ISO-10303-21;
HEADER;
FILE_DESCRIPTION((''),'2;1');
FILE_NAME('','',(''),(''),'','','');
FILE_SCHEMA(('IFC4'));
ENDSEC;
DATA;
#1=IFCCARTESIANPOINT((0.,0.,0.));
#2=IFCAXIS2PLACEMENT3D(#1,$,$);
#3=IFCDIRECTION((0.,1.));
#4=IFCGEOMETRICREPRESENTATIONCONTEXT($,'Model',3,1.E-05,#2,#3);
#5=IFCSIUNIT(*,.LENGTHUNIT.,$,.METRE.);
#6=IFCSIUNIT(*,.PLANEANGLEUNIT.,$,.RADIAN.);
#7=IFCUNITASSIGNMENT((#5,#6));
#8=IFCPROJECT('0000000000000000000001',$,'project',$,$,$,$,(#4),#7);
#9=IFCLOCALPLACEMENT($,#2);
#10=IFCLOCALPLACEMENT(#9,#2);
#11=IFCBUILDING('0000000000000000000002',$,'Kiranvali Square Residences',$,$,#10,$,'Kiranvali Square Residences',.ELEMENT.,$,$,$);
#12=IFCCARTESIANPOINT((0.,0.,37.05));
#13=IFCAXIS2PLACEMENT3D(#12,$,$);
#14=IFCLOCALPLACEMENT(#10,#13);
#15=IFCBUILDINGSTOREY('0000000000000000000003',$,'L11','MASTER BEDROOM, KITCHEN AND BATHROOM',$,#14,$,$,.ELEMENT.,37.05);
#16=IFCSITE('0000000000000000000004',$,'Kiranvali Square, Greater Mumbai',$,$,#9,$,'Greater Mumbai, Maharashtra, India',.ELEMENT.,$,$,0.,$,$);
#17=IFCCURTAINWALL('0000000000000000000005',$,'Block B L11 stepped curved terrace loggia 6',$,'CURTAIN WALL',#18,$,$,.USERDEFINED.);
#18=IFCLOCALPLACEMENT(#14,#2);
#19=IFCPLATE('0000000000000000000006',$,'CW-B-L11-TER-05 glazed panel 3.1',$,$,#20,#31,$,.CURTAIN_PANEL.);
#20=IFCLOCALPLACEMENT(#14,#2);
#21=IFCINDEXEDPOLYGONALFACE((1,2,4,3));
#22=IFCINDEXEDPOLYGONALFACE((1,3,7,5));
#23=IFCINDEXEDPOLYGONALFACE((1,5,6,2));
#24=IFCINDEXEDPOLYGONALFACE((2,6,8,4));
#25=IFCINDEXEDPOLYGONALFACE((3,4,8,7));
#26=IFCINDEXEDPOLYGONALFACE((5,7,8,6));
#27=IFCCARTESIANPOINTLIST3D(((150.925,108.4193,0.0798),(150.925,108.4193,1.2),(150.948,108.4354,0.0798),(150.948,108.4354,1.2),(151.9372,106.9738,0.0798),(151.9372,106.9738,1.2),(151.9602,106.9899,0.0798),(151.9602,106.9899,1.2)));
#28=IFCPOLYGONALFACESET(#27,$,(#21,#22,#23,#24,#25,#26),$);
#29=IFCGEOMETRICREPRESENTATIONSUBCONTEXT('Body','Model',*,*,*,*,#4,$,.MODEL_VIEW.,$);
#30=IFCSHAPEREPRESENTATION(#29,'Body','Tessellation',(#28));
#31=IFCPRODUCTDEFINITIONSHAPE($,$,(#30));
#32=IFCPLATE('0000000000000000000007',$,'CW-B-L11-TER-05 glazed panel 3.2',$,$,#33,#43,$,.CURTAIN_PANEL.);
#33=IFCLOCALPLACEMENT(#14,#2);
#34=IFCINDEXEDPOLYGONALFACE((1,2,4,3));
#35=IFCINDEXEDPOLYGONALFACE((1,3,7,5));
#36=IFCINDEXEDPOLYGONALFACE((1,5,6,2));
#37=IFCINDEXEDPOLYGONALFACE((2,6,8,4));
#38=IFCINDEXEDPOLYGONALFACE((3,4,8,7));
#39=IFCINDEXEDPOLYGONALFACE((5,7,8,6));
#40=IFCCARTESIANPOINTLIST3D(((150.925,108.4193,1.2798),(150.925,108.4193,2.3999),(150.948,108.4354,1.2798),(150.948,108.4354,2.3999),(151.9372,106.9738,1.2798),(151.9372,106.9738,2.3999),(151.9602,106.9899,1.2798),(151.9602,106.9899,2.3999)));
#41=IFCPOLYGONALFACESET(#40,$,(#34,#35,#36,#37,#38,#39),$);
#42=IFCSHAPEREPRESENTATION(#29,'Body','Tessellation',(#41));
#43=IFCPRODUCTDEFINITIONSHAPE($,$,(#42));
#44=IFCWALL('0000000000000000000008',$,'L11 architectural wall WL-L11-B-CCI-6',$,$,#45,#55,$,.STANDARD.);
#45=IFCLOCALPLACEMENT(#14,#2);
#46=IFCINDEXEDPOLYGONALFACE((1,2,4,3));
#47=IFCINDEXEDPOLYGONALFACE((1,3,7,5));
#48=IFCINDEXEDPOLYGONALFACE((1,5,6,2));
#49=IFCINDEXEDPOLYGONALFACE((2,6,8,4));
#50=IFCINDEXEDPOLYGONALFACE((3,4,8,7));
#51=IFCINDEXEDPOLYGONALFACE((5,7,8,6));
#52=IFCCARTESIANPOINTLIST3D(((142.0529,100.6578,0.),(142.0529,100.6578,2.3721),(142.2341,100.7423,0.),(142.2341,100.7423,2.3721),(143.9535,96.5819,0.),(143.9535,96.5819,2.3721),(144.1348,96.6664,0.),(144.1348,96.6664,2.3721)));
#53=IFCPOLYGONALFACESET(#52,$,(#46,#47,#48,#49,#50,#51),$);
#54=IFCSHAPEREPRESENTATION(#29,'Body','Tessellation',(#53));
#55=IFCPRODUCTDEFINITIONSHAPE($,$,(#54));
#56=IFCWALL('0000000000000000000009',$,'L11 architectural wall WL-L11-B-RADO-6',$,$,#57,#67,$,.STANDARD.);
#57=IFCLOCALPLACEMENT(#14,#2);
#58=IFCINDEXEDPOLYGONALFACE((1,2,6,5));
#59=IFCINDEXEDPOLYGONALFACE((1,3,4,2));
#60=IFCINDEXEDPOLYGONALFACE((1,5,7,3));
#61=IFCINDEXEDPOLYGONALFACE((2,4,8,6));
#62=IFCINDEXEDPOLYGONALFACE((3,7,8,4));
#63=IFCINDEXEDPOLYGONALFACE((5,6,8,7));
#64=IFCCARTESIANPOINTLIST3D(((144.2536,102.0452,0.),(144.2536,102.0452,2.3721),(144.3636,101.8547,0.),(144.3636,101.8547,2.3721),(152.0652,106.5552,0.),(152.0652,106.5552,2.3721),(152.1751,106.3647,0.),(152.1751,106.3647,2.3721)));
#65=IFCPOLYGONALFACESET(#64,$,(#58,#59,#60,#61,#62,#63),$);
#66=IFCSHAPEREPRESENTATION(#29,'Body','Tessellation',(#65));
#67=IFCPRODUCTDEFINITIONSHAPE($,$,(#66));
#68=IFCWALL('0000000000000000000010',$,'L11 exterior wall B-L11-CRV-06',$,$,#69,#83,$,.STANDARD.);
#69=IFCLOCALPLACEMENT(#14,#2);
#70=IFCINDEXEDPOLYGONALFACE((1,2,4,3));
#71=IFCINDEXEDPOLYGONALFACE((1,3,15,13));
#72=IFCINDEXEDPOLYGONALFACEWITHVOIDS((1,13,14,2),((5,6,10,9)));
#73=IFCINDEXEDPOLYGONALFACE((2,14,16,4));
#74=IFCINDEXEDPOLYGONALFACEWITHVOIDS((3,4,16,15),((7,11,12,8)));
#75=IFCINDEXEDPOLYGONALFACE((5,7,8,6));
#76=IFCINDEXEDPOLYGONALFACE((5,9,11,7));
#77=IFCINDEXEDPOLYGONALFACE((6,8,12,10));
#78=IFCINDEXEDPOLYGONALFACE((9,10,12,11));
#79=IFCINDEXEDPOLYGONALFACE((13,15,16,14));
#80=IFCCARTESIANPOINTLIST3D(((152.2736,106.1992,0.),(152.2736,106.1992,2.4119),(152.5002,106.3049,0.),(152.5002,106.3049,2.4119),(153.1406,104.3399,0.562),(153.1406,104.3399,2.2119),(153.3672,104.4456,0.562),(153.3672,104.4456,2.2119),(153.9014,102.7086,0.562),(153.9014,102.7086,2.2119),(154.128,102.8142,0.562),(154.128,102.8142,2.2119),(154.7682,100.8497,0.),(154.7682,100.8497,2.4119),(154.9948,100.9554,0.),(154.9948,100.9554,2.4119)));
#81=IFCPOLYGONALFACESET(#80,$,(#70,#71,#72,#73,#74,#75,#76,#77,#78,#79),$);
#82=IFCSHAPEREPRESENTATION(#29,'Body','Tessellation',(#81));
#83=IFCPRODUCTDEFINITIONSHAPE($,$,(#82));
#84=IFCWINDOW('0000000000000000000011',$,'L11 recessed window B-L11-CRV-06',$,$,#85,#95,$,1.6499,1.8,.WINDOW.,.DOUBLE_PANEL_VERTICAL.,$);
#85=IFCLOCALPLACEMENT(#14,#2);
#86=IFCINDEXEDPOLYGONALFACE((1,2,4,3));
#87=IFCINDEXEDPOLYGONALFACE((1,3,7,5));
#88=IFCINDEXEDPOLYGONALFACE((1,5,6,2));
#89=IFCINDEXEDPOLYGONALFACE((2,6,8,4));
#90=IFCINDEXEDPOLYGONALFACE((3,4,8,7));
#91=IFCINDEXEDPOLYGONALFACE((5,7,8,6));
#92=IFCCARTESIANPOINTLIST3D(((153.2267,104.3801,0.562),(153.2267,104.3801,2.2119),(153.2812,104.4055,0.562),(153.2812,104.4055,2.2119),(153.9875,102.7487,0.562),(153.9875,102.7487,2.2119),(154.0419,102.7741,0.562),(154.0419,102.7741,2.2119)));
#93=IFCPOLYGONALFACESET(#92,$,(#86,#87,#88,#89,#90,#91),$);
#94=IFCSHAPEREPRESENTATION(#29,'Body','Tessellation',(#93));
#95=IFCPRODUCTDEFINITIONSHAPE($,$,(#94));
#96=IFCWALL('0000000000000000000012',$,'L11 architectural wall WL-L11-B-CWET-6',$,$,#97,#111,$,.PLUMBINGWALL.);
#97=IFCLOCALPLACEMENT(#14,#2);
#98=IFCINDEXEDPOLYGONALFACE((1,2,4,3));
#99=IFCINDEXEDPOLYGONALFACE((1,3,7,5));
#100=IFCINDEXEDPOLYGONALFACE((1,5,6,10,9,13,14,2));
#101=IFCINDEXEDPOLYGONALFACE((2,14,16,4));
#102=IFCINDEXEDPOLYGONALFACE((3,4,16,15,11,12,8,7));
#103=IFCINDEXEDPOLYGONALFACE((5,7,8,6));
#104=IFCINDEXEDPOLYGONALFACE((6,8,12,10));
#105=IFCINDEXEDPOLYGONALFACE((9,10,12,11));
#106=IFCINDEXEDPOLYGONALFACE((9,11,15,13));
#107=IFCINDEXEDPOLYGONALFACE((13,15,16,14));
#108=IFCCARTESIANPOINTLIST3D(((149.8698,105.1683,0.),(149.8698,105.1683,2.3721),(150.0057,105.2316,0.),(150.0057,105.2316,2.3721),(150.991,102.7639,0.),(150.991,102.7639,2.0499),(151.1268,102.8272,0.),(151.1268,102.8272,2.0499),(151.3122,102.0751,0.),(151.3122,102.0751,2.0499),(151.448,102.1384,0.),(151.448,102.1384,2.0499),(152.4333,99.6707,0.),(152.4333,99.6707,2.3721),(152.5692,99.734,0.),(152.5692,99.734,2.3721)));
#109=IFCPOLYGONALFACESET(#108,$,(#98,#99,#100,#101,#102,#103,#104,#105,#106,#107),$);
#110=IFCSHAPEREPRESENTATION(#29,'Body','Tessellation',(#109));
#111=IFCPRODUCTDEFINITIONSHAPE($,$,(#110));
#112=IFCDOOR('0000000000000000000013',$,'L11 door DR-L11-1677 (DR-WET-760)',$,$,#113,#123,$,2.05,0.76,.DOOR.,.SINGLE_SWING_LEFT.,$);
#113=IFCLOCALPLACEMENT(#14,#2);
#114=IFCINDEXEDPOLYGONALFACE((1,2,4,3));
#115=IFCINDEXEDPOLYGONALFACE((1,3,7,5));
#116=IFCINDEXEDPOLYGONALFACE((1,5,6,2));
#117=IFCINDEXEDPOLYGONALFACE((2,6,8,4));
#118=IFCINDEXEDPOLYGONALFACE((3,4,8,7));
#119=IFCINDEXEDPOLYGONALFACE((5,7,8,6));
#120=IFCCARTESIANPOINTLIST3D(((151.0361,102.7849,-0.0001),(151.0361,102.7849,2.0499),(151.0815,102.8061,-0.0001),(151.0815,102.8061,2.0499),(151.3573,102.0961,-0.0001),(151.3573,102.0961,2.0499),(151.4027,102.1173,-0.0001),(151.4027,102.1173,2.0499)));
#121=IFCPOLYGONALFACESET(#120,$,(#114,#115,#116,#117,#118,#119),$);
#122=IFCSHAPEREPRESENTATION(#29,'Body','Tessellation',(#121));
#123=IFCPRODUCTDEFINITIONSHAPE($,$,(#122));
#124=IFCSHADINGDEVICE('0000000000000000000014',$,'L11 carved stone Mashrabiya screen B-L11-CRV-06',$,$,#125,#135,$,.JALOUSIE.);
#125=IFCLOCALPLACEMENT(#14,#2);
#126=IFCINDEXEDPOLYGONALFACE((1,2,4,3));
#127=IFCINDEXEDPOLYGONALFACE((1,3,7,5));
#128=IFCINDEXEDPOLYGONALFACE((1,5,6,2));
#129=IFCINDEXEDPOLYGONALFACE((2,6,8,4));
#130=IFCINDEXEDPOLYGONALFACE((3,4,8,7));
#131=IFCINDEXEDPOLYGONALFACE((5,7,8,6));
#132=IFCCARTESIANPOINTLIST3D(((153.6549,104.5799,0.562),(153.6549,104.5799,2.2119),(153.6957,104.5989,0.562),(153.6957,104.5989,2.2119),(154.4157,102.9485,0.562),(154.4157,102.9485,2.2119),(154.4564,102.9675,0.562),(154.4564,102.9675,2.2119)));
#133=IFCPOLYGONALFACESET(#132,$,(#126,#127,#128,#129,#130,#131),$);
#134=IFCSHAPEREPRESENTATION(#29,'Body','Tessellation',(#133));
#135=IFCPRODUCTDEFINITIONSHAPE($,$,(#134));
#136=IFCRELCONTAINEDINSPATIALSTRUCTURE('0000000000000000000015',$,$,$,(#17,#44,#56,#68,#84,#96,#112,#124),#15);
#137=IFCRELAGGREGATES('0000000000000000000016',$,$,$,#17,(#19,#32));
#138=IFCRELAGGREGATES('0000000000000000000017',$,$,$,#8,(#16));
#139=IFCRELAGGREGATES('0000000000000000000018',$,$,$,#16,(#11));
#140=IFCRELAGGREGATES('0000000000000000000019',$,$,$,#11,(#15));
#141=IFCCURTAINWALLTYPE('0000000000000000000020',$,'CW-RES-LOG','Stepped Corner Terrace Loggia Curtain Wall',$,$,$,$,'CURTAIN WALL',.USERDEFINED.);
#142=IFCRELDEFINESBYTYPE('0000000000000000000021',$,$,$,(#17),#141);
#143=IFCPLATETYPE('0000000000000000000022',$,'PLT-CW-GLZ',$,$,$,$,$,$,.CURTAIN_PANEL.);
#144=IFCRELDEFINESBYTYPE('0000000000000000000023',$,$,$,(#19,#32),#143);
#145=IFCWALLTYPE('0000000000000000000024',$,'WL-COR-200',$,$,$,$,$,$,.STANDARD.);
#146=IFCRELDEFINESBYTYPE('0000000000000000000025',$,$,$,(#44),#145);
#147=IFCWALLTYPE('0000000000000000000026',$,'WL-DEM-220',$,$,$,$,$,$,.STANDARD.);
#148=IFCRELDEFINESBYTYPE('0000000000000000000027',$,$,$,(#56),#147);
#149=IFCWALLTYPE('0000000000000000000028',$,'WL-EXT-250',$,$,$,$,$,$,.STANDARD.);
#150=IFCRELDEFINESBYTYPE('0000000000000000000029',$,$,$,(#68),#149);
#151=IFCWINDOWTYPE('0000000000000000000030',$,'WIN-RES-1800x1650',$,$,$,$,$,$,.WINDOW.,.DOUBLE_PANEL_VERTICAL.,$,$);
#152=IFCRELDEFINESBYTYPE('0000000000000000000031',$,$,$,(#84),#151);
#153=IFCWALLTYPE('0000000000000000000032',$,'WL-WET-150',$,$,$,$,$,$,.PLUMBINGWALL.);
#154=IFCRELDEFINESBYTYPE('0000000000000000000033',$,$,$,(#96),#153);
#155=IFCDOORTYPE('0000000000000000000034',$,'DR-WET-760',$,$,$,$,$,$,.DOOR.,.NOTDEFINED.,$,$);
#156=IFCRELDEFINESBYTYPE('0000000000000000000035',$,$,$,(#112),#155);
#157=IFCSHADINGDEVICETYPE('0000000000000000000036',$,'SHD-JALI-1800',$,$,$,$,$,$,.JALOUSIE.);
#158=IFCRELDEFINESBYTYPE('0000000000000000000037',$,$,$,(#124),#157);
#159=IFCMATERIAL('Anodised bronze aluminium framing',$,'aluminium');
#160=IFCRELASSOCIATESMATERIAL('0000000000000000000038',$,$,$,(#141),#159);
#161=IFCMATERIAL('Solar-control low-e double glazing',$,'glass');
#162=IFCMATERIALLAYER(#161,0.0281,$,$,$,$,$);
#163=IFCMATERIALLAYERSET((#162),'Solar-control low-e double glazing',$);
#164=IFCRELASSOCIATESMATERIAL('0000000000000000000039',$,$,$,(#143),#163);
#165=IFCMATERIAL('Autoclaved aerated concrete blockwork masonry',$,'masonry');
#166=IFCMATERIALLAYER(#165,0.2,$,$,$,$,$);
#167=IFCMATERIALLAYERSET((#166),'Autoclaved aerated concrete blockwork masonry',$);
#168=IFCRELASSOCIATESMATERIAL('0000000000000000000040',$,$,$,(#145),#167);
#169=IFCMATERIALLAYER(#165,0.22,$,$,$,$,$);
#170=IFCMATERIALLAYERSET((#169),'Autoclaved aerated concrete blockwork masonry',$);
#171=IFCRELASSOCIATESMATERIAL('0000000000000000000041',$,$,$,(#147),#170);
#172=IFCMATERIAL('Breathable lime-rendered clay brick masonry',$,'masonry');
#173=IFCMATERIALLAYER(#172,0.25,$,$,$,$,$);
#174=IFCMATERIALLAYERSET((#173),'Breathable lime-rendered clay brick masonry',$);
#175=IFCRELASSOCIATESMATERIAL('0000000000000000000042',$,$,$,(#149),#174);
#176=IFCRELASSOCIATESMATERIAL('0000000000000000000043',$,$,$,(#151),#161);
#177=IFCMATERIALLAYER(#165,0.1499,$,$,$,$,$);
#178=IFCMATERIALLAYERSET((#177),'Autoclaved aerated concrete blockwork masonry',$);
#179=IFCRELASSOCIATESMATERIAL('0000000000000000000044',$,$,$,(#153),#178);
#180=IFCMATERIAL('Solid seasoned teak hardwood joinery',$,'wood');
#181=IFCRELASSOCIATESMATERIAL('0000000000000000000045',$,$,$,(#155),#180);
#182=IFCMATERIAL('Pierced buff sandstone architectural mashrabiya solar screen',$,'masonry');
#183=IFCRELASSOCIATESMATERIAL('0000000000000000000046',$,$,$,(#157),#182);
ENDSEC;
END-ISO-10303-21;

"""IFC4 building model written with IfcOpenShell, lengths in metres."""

from ifc_helpers import new_model, si_unit, direction, frame, frame_2d, origin, origin_2d, place, context, subcontext, project, spatial, rectangle, extrude, material, layer, layer_set, type_object, element, fill, aggregate, save


model = new_model("IFC4")

# Units and contexts
model_context = context("Model", 3, precision=1e-05, world=origin(), true_north=direction((0.0, 1.0)))
body_context = subcontext(model_context, "Body", "Model", "MODEL_VIEW")
ifc_project = project(units=[si_unit("LENGTHUNIT", "METRE"), si_unit("PLANEANGLEUNIT", "RADIAN")], contexts=[model_context])

# Site, building, storey
site_placement = place(None, origin())
site = spatial("IfcSite", under=ifc_project, at=site_placement, Name="Kiranvali Square, Greater Mumbai", LongName="Greater Mumbai, Maharashtra, India", CompositionType="ELEMENT", RefElevation=0.0)
building_placement = place(site_placement, origin())
building = spatial("IfcBuilding", under=site, at=building_placement, Name="Kiranvali Square Residences", LongName="Kiranvali Square Residences", CompositionType="ELEMENT")
storey_placement = place(building_placement, frame((0.0, 0.0, 37.05)))
storey = spatial("IfcBuildingStorey", under=building, at=storey_placement, Name="L11", Description="MASTER BEDROOM, KITCHEN AND BATHROOM", CompositionType="ELEMENT", Elevation=37.05)

# Curtain wall
ifc_material_1 = material(Name="Anodised bronze aluminium framing", Category="aluminium")
curtain_wall_type = type_object("IfcCurtainWallType", Name="CW-RES-LOG", Description="Stepped Corner Terrace Loggia Curtain Wall", ElementType="CURTAIN WALL", PredefinedType="USERDEFINED", material=ifc_material_1)
curtain_wall_placement = place(storey_placement, origin())
curtain_wall = element("IfcCurtainWall", 1, at=curtain_wall_placement, inside=storey, type_object=curtain_wall_type, Name="Block B L11 stepped curved terrace loggia 6", ObjectType="CURTAIN WALL", PredefinedType="USERDEFINED")

# Plates
ifc_material_2 = material(Name="Solar-control low-e double glazing", Category="glass")
ifc_layer_1 = layer(ifc_material_2, 0.0281)
ifc_layer_set_1 = layer_set([ifc_layer_1], Name="Solar-control low-e double glazing")
plate_type = type_object("IfcPlateType", Name="PLT-CW-GLZ", PredefinedType="CURTAIN_PANEL", material=ifc_layer_set_1)
plate_1_placement = place(storey_placement, frame((151.4426, 107.7046, 0.0798), z_axis=(0.0, 0.0, 1.0), x_axis=(0.573576, -0.819152, 0.0)))
plate_1 = element("IfcPlate", 2, at=plate_1_placement, type_object=plate_type, Name="CW-B-L11-TER-05 glazed panel 3.1", PredefinedType="CURTAIN_PANEL", context=body_context, shape_type="SweptSolid", body=[
    extrude(rectangle(XDim=1.7646, YDim=0.0281, at=origin_2d()), origin(), (0.0, 0.0, 1.0), 1.1201),
])
plate_2_placement = place(storey_placement, frame((151.4426, 107.7046, 1.2798), z_axis=(0.0, 0.0, 1.0), x_axis=(0.573576, -0.819152, 0.0)))
plate_2 = element("IfcPlate", 3, at=plate_2_placement, type_object=plate_type, Name="CW-B-L11-TER-05 glazed panel 3.2", PredefinedType="CURTAIN_PANEL", context=body_context, shape_type="SweptSolid", body=[
    extrude(rectangle(XDim=1.7646, YDim=0.0281, at=origin_2d()), origin(), (0.0, 0.0, 1.0), 1.1201),
])
aggregate(curtain_wall, [plate_1, plate_2])

# Wall
ifc_material_3 = material(Name="Autoclaved aerated concrete blockwork masonry", Category="masonry")
ifc_layer_2 = layer(ifc_material_3, 0.2)
ifc_layer_set_2 = layer_set([ifc_layer_2], Name="Autoclaved aerated concrete blockwork masonry")
wall_type_1 = type_object("IfcWallType", Name="WL-COR-200", PredefinedType="STANDARD", material=ifc_layer_set_2)
wall_1_placement = place(storey_placement, frame((142.1436, 100.7, 0.0), z_axis=(0.0, 0.0, 1.0), x_axis=(0.422618, -0.906308, 0.0)))
element("IfcWall", 4, at=wall_1_placement, inside=storey, type_object=wall_type_1, Name="L11 architectural wall WL-L11-B-CCI-6", PredefinedType="STANDARD", context=body_context, shape_type="SweptSolid", body=[
    extrude(rectangle(XDim=4.4973, YDim=0.2, at=frame_2d((2.2485, 0.0))), origin(), (0.0, 0.0, 1.0), 2.3721),
])

# Wall
ifc_layer_3 = layer(ifc_material_3, 0.22)
ifc_layer_set_3 = layer_set([ifc_layer_3], Name="Autoclaved aerated concrete blockwork masonry")
wall_type_2 = type_object("IfcWallType", Name="WL-DEM-220", PredefinedType="STANDARD", material=ifc_layer_set_3)
wall_2_placement = place(storey_placement, frame((144.3086, 101.95, 0.0), z_axis=(0.0, 0.0, 1.0), x_axis=(0.866024, 0.500002, 0.0)))
element("IfcWall", 5, at=wall_2_placement, inside=storey, type_object=wall_type_2, Name="L11 architectural wall WL-L11-B-RADO-6", PredefinedType="STANDARD", context=body_context, shape_type="SweptSolid", body=[
    extrude(rectangle(XDim=9.02, YDim=0.22, at=frame_2d((4.51, 0.0))), origin(), (0.0, 0.0, 1.0), 2.3721),
])

# Wall, opening, window
ifc_material_4 = material(Name="Breathable lime-rendered clay brick masonry", Category="masonry")
ifc_layer_4 = layer(ifc_material_4, 0.25)
ifc_layer_set_4 = layer_set([ifc_layer_4], Name="Breathable lime-rendered clay brick masonry")
wall_type_3 = type_object("IfcWallType", Name="WL-EXT-250", PredefinedType="STANDARD", material=ifc_layer_set_4)
wall_3_placement = place(storey_placement, frame((152.387, 106.252, 0.0), z_axis=(0.0, 0.0, 1.0), x_axis=(0.422627, -0.906304, 0.0)))
wall_3 = element("IfcWall", 6, at=wall_3_placement, inside=storey, type_object=wall_type_3, Name="L11 exterior wall B-L11-CRV-06", PredefinedType="STANDARD", context=body_context, shape_type="SweptSolid", body=[
    extrude(rectangle(XDim=5.9026, YDim=0.25, at=frame_2d((2.9512, 0.0))), origin(), (0.0, 0.0, 1.0), 2.4119),
])
opening_1_placement = place(wall_3_placement, frame((2.0515, 0.0, 0.562)))
opening_1 = element("IfcOpeningElement", 7, at=opening_1_placement, cuts=wall_3, PredefinedType="OPENING", context=body_context, shape_type="SweptSolid", body=[
    extrude(rectangle(XDim=1.8, YDim=1.6499, at=frame_2d((0.8999, 0.825))), frame((0.0, 0.135, 0.0), z_axis=(0.0, -1.0, 0.0), x_axis=(1.0, 0.0, 0.0)), (0.0, 0.0, 1.0), 0.27),
])
window_type = type_object("IfcWindowType", Name="WIN-RES-1800x1650", PartitioningType="DOUBLE_PANEL_VERTICAL", PredefinedType="WINDOW", material=ifc_material_2)
window_placement = place(opening_1_placement, origin())
window = element("IfcWindow", 8, at=window_placement, inside=storey, type_object=window_type, Name="L11 recessed window B-L11-CRV-06", OverallHeight=1.6499, OverallWidth=1.8, PartitioningType="DOUBLE_PANEL_VERTICAL", PredefinedType="WINDOW", context=body_context, shape_type="SweptSolid", body=[
    extrude(rectangle(XDim=1.8, YDim=1.6499, at=frame_2d((0.8999, 0.825))), frame((0.0, 0.03, 0.0), z_axis=(0.0, -1.0, 0.0), x_axis=(1.0, 0.0, 0.0)), (0.0, 0.0, 1.0), 0.0601),
])
fill(opening_1, window)

# Wall, opening, door
ifc_layer_5 = layer(ifc_material_3, 0.1499)
ifc_layer_set_5 = layer_set([ifc_layer_5], Name="Autoclaved aerated concrete blockwork masonry")
wall_type_4 = type_object("IfcWallType", Name="WL-WET-150", PredefinedType="PLUMBINGWALL", material=ifc_layer_set_5)
wall_4_placement = place(storey_placement, frame((149.9377, 105.2, 0.0), z_axis=(0.0, 0.0, 1.0), x_axis=(0.422608, -0.906313, 0.0)))
wall_4 = element("IfcWall", 9, at=wall_4_placement, inside=storey, type_object=wall_type_4, Name="L11 architectural wall WL-L11-B-CWET-6", PredefinedType="PLUMBINGWALL", context=body_context, shape_type="SweptSolid", body=[
    extrude(rectangle(XDim=6.0659, YDim=0.1499, at=frame_2d((3.033, 0.0))), origin(), (0.0, 0.0, 1.0), 2.3721),
])
opening_2_placement = place(wall_4_placement, frame((2.6531, 0.0, 0.0)))
opening_2 = element("IfcOpeningElement", 10, at=opening_2_placement, cuts=wall_4, PredefinedType="OPENING", context=body_context, shape_type="SweptSolid", body=[
    extrude(rectangle(XDim=0.76, YDim=2.05, at=frame_2d((0.3799, 1.0249))), frame((0.0, 0.085, 0.0), z_axis=(0.0, -1.0, 0.0), x_axis=(1.0, 0.0, 0.0)), (0.0, 0.0, 1.0), 0.1699),
])
ifc_material_5 = material(Name="Solid seasoned teak hardwood joinery", Category="wood")
door_type_1 = type_object("IfcDoorType", Name="DR-WET-760", OperationType="NOTDEFINED", PredefinedType="DOOR", material=ifc_material_5)
door_1_placement = place(opening_2_placement, origin())
door_1 = element("IfcDoor", 11, at=door_1_placement, inside=storey, type_object=door_type_1, Name="L11 door DR-L11-1677 (DR-WET-760)", OperationType="SINGLE_SWING_LEFT", OverallHeight=2.05, OverallWidth=0.76, PredefinedType="DOOR", context=body_context, shape_type="SweptSolid", body=[
    extrude(rectangle(XDim=0.76, YDim=2.05, at=frame_2d((0.3799, 1.0249))), frame((0.0, 0.0249, 0.0), z_axis=(0.0, -1.0, 0.0), x_axis=(1.0, 0.0, 0.0)), (0.0, 0.0, 1.0), 0.05),
])
fill(opening_2, door_1)

# Shading device
ifc_material_6 = material(Name="Pierced buff sandstone architectural mashrabiya solar screen", Category="masonry")
shading_device_type = type_object("IfcShadingDeviceType", Name="SHD-JALI-1800", PredefinedType="JALOUSIE", material=ifc_material_6)
shading_device_placement = place(storey_placement, frame((154.0557, 103.7737, 0.562), z_axis=(0.0, 0.0, 1.0), x_axis=(0.422618, -0.906308, 0.0)))
element("IfcShadingDevice", 12, at=shading_device_placement, inside=storey, type_object=shading_device_type, Name="L11 carved stone Mashrabiya screen B-L11-CRV-06", PredefinedType="JALOUSIE", context=body_context, shape_type="SweptSolid", body=[
    extrude(rectangle(XDim=1.8, YDim=0.0449, at=origin_2d()), origin(), (0.0, 0.0, 1.0), 1.6499),
])

save(model, "model.ifc")
